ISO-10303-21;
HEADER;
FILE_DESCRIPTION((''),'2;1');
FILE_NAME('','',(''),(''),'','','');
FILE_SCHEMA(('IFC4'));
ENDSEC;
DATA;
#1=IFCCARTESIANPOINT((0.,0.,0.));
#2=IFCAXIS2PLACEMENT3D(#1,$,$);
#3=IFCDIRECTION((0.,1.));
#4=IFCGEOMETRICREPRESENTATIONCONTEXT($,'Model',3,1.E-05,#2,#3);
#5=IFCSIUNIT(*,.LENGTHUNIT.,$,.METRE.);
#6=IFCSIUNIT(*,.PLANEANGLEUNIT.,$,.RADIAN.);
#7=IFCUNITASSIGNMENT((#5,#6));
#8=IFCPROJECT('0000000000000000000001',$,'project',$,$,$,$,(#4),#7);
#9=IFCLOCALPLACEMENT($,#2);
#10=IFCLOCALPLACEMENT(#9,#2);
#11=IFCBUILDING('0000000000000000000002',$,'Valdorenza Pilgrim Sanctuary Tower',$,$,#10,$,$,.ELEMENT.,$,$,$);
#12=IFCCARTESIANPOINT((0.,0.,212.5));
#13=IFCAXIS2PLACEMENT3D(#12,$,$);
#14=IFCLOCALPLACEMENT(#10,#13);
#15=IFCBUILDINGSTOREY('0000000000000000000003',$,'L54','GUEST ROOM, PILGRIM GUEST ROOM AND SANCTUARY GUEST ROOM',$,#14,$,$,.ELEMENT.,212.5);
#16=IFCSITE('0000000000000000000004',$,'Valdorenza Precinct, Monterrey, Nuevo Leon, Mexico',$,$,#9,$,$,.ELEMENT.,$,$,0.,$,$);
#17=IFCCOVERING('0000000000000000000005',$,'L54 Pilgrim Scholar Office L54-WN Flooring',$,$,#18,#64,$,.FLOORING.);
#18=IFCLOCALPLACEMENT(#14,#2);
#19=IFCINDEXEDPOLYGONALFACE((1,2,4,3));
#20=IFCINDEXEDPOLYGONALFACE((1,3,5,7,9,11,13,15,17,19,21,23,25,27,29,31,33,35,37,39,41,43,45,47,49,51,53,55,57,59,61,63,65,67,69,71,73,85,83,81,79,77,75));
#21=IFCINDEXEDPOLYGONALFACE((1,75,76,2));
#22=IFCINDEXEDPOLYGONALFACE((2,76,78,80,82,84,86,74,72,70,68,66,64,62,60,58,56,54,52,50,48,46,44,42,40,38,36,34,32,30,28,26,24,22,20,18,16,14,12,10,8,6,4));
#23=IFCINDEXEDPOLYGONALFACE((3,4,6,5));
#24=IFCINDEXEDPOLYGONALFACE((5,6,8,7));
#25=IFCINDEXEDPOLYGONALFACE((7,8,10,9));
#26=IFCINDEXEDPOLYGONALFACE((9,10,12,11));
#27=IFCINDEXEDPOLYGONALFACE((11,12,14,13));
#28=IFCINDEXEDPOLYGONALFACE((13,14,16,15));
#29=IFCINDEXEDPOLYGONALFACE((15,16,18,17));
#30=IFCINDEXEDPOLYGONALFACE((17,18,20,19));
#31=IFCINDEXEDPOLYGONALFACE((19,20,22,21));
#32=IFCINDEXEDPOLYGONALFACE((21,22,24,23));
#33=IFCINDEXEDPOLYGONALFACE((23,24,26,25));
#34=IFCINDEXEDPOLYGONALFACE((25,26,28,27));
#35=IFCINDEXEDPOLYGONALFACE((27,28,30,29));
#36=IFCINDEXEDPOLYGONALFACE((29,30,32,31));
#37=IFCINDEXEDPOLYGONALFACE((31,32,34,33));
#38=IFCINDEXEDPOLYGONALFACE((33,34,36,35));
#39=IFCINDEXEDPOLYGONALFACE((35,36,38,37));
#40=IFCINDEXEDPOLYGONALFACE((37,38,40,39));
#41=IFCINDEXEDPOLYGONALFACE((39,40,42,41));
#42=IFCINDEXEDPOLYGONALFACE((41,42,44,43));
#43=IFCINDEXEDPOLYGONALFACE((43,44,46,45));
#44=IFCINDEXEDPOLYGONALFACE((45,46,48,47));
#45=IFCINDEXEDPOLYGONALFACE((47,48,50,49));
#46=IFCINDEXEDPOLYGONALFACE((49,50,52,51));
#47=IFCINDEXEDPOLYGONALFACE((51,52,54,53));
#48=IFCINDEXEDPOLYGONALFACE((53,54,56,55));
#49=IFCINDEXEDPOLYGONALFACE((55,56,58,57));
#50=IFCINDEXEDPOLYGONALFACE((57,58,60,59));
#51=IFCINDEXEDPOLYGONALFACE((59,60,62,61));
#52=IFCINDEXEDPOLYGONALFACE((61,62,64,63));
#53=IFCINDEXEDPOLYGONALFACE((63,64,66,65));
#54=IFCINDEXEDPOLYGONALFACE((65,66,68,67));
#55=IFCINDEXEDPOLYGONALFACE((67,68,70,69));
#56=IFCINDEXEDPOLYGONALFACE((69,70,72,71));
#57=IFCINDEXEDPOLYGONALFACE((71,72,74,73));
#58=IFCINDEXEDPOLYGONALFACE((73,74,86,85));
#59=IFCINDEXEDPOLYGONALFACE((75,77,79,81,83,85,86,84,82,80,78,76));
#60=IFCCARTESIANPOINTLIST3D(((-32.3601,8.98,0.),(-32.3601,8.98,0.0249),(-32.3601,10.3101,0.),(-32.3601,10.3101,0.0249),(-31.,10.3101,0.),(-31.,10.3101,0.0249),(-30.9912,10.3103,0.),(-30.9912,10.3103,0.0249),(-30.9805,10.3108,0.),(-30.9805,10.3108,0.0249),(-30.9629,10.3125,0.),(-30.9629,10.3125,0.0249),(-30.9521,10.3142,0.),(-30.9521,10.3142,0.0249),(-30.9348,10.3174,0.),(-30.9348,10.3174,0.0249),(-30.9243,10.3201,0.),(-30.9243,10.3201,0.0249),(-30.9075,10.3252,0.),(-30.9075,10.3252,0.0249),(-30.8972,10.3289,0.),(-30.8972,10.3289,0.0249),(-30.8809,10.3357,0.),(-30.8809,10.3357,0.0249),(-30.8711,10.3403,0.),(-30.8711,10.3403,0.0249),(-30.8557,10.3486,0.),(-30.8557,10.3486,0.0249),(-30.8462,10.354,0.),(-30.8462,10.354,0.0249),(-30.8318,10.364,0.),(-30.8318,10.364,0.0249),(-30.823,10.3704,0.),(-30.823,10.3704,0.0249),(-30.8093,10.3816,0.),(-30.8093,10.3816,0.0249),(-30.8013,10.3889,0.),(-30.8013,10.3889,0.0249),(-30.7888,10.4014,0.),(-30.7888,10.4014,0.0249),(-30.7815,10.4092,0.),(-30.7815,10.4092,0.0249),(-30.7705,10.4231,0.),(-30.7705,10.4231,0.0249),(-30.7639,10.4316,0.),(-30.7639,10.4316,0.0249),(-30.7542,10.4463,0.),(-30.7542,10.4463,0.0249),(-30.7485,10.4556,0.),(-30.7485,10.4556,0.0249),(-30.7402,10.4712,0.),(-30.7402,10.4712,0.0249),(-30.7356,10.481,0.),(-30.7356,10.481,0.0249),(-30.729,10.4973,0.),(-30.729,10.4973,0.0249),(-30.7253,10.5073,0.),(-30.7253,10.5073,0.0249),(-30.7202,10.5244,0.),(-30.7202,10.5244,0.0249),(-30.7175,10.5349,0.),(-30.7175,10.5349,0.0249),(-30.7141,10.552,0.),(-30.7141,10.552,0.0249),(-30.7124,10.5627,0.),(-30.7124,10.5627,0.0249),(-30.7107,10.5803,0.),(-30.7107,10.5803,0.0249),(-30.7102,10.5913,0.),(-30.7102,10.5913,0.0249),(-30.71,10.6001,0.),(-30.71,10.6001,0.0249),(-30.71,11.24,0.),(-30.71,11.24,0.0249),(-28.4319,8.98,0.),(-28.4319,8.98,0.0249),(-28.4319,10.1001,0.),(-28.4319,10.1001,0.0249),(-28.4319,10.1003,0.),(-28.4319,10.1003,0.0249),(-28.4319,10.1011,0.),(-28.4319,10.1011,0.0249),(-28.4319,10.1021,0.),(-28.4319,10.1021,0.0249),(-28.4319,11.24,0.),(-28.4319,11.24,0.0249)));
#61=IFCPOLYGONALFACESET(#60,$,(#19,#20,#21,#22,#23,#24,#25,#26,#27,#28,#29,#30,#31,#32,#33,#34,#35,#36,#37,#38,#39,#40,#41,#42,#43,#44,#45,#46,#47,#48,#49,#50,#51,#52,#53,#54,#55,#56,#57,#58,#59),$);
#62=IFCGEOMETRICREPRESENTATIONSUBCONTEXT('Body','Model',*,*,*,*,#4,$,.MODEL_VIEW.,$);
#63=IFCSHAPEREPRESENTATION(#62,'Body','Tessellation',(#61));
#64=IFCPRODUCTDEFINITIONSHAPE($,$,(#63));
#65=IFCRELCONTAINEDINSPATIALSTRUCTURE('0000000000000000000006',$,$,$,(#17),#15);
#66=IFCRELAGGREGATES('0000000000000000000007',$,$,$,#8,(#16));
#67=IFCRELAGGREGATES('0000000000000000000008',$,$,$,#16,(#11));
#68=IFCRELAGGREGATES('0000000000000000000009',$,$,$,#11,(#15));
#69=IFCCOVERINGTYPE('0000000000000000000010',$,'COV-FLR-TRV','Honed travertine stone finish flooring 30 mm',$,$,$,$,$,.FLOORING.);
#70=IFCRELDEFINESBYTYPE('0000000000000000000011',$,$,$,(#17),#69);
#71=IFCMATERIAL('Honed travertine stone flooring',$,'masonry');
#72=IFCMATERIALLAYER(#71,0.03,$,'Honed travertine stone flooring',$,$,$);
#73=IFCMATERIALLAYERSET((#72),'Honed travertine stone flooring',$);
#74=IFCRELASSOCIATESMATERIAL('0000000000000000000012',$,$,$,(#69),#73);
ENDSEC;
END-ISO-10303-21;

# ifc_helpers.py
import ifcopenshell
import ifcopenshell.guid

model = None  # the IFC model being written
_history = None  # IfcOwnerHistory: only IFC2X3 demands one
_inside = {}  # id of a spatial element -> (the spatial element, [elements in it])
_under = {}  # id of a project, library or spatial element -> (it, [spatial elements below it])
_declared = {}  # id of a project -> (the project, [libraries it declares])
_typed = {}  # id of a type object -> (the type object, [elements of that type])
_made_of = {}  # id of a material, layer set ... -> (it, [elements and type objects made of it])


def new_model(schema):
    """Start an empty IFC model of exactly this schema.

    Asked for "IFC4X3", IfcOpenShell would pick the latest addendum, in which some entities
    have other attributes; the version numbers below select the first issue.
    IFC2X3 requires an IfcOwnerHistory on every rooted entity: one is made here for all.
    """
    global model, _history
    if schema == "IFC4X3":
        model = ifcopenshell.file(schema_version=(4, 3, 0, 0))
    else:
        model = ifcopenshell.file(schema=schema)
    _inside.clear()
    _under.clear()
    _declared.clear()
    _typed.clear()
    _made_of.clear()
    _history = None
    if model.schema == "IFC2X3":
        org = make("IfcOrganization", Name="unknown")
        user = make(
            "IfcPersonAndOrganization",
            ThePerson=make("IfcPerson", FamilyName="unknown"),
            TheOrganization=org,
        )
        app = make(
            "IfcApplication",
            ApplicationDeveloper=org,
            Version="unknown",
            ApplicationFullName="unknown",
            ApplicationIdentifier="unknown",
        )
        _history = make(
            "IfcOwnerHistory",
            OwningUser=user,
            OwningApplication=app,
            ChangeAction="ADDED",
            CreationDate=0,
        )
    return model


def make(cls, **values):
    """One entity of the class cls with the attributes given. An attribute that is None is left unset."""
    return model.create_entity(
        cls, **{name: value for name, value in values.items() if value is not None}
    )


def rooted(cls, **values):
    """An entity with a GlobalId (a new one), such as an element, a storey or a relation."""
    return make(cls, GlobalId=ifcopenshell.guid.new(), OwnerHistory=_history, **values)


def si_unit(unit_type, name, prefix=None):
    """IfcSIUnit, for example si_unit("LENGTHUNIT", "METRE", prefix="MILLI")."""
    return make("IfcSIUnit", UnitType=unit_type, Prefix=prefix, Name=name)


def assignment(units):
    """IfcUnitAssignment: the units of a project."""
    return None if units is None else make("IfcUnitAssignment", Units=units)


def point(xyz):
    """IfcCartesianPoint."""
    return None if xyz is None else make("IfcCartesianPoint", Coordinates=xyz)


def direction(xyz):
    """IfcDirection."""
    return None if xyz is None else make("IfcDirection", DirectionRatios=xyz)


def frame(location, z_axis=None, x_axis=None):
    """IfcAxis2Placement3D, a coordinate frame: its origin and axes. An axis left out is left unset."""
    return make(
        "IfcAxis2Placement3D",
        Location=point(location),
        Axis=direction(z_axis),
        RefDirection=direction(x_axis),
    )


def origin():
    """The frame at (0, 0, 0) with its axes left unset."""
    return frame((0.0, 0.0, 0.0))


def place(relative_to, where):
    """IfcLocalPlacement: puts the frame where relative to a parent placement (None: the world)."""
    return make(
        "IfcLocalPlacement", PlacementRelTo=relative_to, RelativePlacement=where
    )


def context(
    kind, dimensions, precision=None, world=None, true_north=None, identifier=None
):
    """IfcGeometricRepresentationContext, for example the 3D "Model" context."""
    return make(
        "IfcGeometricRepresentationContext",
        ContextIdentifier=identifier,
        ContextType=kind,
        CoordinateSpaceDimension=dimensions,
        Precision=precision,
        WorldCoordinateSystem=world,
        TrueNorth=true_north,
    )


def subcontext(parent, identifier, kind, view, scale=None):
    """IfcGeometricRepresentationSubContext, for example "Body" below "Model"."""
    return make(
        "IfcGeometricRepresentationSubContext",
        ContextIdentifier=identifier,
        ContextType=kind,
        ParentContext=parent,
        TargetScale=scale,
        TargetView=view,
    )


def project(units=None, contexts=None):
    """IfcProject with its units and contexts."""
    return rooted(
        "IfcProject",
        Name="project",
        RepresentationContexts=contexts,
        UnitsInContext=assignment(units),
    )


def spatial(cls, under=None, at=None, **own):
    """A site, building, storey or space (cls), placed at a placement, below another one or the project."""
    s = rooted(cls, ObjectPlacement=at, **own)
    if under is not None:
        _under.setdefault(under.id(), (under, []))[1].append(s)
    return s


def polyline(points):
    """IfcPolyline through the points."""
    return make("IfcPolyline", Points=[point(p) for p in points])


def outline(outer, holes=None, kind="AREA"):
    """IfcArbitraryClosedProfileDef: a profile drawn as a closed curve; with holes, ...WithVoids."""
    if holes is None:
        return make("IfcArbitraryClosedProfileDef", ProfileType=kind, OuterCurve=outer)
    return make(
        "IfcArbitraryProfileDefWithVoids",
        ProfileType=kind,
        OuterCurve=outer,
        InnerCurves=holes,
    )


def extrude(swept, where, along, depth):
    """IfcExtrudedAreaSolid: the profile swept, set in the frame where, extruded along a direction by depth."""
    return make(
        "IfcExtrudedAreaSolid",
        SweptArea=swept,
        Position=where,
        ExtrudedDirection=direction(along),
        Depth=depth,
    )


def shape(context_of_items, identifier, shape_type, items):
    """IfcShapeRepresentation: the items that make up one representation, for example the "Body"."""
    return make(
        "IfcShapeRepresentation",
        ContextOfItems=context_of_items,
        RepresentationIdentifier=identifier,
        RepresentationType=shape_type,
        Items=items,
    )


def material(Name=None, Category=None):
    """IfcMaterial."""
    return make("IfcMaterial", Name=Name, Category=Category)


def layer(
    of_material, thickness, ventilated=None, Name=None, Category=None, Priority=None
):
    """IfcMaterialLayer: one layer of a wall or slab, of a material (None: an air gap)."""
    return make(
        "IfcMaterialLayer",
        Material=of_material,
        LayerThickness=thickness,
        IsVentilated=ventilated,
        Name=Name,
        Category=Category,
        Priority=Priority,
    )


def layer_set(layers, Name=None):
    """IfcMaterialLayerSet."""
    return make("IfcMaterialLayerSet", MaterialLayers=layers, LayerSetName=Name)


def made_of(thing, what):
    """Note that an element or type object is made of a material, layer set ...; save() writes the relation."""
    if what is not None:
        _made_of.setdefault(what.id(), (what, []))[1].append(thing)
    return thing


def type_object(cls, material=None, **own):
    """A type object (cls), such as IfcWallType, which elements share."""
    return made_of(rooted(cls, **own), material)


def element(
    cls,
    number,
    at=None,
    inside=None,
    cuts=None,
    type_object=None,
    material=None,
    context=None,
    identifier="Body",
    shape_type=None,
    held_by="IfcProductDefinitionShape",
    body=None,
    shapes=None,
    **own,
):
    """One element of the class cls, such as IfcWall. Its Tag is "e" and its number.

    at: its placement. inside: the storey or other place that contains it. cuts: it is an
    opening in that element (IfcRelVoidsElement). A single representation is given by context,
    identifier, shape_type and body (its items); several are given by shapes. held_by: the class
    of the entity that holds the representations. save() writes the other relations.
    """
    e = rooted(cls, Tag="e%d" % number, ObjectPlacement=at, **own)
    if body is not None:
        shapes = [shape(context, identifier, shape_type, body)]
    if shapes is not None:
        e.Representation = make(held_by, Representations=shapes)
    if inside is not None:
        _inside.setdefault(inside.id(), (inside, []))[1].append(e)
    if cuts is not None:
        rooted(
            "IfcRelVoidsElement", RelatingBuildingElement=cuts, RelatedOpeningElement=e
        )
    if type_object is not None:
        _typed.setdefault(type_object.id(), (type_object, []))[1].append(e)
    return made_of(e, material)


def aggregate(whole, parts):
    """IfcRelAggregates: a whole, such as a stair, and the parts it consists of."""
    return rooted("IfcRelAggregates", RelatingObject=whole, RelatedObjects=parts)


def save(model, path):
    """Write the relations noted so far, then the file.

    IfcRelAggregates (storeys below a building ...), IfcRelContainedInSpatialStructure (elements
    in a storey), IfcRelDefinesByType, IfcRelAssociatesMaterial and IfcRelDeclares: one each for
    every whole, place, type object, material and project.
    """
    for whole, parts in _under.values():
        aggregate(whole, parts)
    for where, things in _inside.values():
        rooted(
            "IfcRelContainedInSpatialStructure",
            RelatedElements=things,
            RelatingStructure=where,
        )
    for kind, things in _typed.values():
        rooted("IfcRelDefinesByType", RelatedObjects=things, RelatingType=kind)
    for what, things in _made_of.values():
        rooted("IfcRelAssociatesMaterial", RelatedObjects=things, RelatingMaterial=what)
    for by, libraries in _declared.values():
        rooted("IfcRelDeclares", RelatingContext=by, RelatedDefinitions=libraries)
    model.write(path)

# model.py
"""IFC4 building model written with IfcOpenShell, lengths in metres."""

from ifc_helpers import new_model, si_unit, direction, frame, origin, place, context, subcontext, project, spatial, polyline, outline, extrude, material, layer, layer_set, type_object, element, save


model = new_model("IFC4")

# Units and contexts
model_context = context("Model", 3, precision=1e-05, world=origin(), true_north=direction((0.0, 1.0)))
body_context = subcontext(model_context, "Body", "Model", "MODEL_VIEW")
ifc_project = project(units=[si_unit("LENGTHUNIT", "METRE"), si_unit("PLANEANGLEUNIT", "RADIAN")], contexts=[model_context])

# Site, building, storey
site_placement = place(None, origin())
site = spatial("IfcSite", under=ifc_project, at=site_placement, Name="Valdorenza Precinct, Monterrey, Nuevo Leon, Mexico", CompositionType="ELEMENT", RefElevation=0.0)
building_placement = place(site_placement, origin())
building = spatial("IfcBuilding", under=site, at=building_placement, Name="Valdorenza Pilgrim Sanctuary Tower", CompositionType="ELEMENT")
storey_placement = place(building_placement, frame((0.0, 0.0, 212.5)))
storey = spatial("IfcBuildingStorey", under=building, at=storey_placement, Name="L54", Description="GUEST ROOM, PILGRIM GUEST ROOM AND SANCTUARY GUEST ROOM", CompositionType="ELEMENT", Elevation=212.5)

# Covering
ifc_material_1 = material(Name="Honed travertine stone flooring", Category="masonry")
ifc_layer_1 = layer(ifc_material_1, 0.03, Name="Honed travertine stone flooring")
ifc_layer_set_1 = layer_set([ifc_layer_1], Name="Honed travertine stone flooring")
covering_type_1 = type_object("IfcCoveringType", Name="COV-FLR-TRV", Description="Honed travertine stone finish flooring 30 mm", PredefinedType="FLOORING", material=ifc_layer_set_1)
covering_1_placement = place(storey_placement, origin())
element("IfcCovering", 1, at=covering_1_placement, inside=storey, type_object=covering_type_1, Name="L54 Pilgrim Scholar Office L54-WN Flooring", PredefinedType="FLOORING", context=body_context, shape_type="SweptSolid", body=[
    extrude(outline(polyline([(-28.4319, 11.24), (-28.4319, 10.1021), (-28.4319, 10.1011), (-28.4319, 10.1003), (-28.4319, 10.1001), (-28.4319, 8.98), (-32.3601, 8.98), (-32.3601, 10.3101), (-31.0, 10.3101), (-30.9912, 10.3103), (-30.9805, 10.3108), (-30.9629, 10.3125), (-30.9521, 10.3142), (-30.9348, 10.3174), (-30.9243, 10.3201), (-30.9075, 10.3252), (-30.8972, 10.3289), (-30.8809, 10.3357), (-30.8711, 10.3403), (-30.8557, 10.3486), (-30.8462, 10.354), (-30.8318, 10.364), (-30.823, 10.3704), (-30.8093, 10.3816), (-30.8013, 10.3889), (-30.7888, 10.4014), (-30.7815, 10.4092), (-30.7705, 10.4231), (-30.7639, 10.4316), (-30.7542, 10.4463), (-30.7485, 10.4556), (-30.7402, 10.4712), (-30.7356, 10.481), (-30.729, 10.4973), (-30.7253, 10.5073), (-30.7202, 10.5244), (-30.7175, 10.5349), (-30.7141, 10.552), (-30.7124, 10.5627), (-30.7107, 10.5803), (-30.7102, 10.5913), (-30.71, 10.6001), (-30.71, 11.24), (-28.4319, 11.24)])), origin(), (0.0, 0.0, 1.0), 0.0249),
])

save(model, "model.ifc")
